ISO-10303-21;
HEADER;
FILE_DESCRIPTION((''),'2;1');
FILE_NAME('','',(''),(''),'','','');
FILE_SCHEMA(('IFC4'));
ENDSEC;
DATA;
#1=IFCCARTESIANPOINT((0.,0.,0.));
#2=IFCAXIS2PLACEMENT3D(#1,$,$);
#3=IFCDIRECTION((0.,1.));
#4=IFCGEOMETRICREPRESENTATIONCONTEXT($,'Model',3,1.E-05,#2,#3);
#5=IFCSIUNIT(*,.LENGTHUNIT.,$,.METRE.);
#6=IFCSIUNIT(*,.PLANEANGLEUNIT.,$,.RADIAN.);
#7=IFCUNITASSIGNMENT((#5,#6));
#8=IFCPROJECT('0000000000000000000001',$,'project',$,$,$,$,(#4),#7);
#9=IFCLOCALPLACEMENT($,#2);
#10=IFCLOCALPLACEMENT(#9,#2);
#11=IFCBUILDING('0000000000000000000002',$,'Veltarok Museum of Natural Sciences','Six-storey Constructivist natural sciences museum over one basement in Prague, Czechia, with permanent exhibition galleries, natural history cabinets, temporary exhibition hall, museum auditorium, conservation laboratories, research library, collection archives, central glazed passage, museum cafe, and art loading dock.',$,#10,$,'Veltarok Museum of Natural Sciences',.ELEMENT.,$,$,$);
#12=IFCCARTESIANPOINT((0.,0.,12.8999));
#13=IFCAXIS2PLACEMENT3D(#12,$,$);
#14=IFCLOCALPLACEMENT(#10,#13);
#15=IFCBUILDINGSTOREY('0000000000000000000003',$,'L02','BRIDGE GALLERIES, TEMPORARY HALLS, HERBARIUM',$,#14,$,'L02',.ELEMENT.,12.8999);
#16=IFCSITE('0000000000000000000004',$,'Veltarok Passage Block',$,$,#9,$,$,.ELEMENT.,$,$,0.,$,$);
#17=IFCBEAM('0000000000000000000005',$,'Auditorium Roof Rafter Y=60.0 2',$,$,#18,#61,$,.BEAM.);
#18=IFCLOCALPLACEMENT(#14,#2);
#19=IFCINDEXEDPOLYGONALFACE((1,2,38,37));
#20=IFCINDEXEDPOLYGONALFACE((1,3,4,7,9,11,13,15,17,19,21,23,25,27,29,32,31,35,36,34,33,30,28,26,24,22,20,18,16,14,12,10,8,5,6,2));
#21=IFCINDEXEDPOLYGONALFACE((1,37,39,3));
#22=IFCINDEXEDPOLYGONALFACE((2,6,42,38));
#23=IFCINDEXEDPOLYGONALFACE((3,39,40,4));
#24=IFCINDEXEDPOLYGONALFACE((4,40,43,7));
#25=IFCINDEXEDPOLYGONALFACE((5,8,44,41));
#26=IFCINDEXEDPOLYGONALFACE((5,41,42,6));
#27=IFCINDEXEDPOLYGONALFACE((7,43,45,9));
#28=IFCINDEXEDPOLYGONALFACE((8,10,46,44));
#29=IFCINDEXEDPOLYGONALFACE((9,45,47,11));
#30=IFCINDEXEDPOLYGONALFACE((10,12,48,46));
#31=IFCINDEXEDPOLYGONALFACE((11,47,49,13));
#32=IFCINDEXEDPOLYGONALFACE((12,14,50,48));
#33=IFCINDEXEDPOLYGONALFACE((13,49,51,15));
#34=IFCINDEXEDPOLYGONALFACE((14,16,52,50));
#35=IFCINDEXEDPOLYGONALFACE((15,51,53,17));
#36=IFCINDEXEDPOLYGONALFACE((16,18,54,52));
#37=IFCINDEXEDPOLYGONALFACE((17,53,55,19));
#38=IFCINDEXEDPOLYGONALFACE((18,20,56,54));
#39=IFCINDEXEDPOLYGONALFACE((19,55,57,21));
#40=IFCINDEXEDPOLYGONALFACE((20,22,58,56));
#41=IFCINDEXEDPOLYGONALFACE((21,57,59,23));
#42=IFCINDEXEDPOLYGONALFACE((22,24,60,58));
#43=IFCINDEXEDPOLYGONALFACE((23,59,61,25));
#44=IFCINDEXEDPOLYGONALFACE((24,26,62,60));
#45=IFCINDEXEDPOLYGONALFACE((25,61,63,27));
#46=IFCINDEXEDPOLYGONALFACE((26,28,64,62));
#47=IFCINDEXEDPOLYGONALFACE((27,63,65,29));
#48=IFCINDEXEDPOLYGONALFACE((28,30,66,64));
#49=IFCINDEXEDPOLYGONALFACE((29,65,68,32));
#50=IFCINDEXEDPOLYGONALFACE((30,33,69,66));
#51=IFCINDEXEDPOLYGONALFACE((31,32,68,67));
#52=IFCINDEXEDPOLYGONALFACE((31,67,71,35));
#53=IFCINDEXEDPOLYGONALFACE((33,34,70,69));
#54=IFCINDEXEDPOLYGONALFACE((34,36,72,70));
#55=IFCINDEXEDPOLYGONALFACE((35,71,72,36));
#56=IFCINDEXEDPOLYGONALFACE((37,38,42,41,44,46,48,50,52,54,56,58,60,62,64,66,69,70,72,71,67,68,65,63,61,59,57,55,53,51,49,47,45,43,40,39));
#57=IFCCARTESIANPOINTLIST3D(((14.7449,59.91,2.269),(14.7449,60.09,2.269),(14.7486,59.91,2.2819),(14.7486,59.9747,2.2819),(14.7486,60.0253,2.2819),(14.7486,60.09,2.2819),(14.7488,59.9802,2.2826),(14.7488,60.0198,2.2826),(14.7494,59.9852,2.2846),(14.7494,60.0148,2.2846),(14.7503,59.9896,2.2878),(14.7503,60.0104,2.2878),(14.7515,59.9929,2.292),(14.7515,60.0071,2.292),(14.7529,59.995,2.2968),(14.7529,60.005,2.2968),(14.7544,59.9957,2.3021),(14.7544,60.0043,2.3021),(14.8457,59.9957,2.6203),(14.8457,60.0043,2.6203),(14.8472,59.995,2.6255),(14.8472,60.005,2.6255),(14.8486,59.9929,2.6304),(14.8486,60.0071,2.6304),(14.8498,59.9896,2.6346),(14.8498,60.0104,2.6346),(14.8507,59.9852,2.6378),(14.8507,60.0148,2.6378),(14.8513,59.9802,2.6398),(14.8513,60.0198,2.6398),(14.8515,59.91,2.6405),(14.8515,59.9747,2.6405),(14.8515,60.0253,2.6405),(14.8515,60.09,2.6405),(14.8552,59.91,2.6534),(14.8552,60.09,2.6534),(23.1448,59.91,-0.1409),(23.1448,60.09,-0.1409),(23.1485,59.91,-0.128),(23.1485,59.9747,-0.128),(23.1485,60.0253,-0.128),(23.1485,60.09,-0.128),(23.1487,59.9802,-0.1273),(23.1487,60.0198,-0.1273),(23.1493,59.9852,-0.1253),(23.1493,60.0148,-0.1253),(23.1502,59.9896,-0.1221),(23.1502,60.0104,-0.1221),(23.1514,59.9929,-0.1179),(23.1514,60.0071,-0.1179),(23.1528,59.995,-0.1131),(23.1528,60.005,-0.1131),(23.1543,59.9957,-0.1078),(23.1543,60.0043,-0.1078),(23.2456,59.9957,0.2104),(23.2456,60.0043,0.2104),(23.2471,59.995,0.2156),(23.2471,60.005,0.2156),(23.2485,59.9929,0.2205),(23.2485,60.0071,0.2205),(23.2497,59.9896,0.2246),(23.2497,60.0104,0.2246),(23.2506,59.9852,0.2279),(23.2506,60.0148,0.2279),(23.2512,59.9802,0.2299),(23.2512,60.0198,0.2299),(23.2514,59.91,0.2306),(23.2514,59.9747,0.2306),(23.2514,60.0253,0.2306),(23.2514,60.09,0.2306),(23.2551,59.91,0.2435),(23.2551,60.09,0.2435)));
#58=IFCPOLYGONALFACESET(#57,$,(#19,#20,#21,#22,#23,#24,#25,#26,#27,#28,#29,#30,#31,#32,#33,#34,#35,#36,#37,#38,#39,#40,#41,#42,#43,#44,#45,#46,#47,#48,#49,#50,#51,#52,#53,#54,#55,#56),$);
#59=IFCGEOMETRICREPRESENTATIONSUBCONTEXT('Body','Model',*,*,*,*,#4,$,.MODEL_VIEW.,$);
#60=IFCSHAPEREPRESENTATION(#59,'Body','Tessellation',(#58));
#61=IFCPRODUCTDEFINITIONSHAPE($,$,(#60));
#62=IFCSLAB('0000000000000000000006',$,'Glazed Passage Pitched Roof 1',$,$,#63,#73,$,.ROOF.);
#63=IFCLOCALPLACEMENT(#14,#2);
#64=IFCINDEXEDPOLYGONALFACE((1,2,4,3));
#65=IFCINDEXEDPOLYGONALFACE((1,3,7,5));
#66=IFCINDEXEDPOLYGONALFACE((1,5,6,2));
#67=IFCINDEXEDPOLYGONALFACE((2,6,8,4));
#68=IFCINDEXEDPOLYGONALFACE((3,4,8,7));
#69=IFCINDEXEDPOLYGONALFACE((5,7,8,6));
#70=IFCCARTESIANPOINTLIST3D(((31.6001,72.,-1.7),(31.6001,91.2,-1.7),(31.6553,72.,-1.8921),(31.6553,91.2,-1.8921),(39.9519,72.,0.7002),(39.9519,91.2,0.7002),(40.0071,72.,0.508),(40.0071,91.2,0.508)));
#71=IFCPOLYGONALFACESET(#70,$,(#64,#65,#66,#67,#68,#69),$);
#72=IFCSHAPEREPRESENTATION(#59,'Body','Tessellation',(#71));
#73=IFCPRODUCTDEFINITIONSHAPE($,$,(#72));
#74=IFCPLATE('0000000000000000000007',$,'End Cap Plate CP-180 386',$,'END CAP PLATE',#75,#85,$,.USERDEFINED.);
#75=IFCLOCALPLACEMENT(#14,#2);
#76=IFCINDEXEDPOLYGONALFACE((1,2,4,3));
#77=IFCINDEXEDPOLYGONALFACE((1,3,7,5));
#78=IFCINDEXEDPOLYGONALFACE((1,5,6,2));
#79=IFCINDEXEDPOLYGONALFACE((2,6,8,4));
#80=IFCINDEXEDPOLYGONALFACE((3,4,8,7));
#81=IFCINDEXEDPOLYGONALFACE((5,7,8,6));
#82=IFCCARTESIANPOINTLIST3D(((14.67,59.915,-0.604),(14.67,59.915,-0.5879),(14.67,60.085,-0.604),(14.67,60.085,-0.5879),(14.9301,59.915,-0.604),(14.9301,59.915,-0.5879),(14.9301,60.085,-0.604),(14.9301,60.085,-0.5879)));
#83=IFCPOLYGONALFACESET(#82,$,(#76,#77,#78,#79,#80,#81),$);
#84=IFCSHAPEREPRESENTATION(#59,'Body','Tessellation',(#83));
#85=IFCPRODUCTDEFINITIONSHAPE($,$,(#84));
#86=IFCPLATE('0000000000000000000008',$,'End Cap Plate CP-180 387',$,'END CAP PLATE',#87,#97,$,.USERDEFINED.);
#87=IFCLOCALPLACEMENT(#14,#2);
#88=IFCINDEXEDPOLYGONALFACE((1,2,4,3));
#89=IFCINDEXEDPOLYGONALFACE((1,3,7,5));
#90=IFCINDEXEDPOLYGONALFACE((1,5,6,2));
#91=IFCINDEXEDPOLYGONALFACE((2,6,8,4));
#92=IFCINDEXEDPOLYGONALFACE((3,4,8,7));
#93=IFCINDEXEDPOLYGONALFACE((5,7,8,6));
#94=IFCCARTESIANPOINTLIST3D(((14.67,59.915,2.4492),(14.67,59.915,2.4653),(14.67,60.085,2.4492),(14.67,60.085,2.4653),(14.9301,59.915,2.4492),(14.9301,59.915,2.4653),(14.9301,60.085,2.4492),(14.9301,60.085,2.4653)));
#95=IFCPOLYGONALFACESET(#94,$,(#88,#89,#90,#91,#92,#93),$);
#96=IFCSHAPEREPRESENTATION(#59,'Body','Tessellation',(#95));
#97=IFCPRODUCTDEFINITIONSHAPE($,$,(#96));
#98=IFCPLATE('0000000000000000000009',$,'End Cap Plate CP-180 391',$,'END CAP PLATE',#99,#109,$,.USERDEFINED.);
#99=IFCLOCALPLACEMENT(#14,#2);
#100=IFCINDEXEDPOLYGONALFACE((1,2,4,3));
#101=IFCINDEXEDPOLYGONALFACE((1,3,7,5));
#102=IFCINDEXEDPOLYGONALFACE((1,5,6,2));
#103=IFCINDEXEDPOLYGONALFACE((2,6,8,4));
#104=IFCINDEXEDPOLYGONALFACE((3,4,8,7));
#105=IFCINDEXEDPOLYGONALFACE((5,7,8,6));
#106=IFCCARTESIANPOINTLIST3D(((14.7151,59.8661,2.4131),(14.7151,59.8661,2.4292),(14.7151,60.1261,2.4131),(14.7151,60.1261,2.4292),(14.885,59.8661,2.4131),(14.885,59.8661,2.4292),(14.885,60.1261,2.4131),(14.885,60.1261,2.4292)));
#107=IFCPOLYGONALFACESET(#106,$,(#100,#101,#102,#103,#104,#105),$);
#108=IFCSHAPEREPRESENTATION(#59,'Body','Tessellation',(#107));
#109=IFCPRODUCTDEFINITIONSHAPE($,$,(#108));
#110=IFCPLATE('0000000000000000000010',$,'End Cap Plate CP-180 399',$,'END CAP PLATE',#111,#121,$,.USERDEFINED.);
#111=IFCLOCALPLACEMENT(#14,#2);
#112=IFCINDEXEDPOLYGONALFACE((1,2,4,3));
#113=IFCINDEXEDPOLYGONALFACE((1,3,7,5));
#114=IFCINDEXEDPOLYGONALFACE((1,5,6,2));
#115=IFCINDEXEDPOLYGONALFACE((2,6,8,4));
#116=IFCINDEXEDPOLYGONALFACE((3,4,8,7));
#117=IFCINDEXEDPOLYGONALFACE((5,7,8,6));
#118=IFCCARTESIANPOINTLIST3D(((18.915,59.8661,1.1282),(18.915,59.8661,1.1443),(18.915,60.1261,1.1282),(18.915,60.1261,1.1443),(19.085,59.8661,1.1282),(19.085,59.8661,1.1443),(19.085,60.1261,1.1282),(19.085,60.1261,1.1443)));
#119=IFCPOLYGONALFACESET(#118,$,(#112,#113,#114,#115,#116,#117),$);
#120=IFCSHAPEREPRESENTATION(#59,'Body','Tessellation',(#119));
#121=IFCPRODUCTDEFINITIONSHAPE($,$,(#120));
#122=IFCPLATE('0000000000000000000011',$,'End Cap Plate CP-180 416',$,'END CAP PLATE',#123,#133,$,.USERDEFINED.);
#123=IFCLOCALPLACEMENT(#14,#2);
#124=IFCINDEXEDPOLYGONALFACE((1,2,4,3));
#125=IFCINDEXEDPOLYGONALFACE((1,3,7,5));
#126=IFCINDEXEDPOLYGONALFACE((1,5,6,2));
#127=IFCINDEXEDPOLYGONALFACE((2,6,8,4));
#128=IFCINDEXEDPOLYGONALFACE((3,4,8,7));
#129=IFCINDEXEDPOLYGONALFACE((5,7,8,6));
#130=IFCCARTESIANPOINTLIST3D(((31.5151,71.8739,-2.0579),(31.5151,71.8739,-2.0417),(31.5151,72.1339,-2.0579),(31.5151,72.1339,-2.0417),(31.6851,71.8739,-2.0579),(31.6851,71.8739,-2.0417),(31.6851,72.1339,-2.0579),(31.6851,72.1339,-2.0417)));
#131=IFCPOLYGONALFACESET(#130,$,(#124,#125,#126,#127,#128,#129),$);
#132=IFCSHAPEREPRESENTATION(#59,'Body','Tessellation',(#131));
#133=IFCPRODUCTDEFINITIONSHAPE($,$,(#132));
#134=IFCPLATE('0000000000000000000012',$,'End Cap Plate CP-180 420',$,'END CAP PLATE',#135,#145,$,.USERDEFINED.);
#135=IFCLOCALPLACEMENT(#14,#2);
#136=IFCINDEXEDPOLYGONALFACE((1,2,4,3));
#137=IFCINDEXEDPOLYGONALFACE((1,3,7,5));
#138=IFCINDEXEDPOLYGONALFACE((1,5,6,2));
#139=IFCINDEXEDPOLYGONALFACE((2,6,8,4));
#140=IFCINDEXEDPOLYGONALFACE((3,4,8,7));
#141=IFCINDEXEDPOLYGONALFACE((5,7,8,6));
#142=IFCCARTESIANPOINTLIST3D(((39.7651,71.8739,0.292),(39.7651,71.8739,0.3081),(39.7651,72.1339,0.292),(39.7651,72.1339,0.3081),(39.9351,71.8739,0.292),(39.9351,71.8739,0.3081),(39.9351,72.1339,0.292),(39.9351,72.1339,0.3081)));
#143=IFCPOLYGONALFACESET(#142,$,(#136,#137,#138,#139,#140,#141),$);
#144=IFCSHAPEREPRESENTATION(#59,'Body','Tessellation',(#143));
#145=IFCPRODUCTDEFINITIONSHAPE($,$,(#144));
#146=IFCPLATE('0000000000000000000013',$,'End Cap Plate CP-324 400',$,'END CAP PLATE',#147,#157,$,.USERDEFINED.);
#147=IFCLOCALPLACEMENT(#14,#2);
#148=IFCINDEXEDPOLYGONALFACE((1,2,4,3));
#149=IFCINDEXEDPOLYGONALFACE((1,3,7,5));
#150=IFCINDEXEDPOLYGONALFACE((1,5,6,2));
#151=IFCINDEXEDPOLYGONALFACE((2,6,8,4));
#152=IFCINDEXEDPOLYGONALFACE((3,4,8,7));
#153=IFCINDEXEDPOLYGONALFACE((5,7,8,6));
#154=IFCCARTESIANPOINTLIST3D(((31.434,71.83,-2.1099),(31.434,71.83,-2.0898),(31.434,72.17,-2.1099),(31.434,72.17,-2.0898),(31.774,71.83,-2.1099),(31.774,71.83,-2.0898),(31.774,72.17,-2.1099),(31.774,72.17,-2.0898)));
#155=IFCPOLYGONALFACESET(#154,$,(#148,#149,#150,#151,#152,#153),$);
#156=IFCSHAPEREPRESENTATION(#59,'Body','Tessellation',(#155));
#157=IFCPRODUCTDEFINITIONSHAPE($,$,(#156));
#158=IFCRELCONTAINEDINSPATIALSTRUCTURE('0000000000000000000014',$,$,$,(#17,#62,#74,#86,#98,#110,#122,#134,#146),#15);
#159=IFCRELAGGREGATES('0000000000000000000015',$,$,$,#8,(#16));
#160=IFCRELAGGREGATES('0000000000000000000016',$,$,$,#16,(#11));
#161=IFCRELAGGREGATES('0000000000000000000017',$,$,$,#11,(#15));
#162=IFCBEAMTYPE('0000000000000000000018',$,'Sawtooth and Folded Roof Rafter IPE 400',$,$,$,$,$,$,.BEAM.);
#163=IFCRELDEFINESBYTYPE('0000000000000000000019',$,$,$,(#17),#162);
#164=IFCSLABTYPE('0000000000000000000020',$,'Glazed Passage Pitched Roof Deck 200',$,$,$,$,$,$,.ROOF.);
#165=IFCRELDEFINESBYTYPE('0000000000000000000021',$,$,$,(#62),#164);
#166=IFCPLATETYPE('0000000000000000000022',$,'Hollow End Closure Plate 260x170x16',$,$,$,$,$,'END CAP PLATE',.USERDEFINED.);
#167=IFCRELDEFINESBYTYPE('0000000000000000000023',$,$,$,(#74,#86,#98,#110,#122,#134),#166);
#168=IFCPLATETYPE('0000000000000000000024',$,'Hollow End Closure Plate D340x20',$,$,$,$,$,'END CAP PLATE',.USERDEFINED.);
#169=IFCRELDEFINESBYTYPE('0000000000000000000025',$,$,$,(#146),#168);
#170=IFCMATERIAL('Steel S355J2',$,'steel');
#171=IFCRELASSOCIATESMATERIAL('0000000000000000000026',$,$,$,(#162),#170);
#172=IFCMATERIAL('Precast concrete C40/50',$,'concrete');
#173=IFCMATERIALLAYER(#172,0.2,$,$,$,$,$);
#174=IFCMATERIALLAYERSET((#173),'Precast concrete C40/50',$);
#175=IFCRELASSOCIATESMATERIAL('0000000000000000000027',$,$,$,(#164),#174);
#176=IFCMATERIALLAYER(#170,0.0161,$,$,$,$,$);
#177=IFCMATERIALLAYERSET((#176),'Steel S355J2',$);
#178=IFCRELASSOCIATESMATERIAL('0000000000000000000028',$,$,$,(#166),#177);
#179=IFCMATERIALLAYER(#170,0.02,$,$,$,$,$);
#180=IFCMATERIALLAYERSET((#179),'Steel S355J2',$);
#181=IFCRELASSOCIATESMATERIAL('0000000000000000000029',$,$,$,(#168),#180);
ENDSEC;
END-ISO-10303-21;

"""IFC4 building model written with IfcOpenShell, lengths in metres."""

from ifc_helpers import new_model, si_unit, direction, frame, origin, origin_2d, place, context, subcontext, project, spatial, polyline, rectangle, i_section, outline, extrude, material, layer, layer_set, material_profile, profile_set, type_object, element, save


model = new_model("IFC4")

# Units and contexts
model_context = context("Model", 3, precision=1e-05, world=origin(), true_north=direction((0.0, 1.0)))
body_context = subcontext(model_context, "Body", "Model", "MODEL_VIEW")
ifc_project = project(units=[si_unit("LENGTHUNIT", "METRE"), si_unit("PLANEANGLEUNIT", "RADIAN")], contexts=[model_context])

# Site, building, storey
site_placement = place(None, origin())
site = spatial("IfcSite", under=ifc_project, at=site_placement, Name="Veltarok Passage Block", CompositionType="ELEMENT", RefElevation=0.0)
building_placement = place(site_placement, origin())
building = spatial("IfcBuilding", under=site, at=building_placement, Name="Veltarok Museum of Natural Sciences", Description="Six-storey Constructivist natural sciences museum over one basement in Prague, Czechia, with permanent exhibition galleries, natural history cabinets, temporary exhibition hall, museum auditorium, conservation laboratories, research library, collection archives, central glazed passage, museum cafe, and art loading dock.", LongName="Veltarok Museum of Natural Sciences", CompositionType="ELEMENT")
storey_placement = place(building_placement, frame((0.0, 0.0, 12.8999)))
storey = spatial("IfcBuildingStorey", under=building, at=storey_placement, Name="L02", Description="BRIDGE GALLERIES, TEMPORARY HALLS, HERBARIUM", LongName="L02", CompositionType="ELEMENT", Elevation=12.8999)

# Shared definitions
ifc_material_1 = material(Name="Steel S355J2", Category="steel")

# Beam
ifc_material_profile_1 = material_profile(ifc_material_1, i_section(OverallWidth=0.1799, OverallDepth=0.3999, WebThickness=0.0085, FlangeThickness=0.0134, FilletRadius=0.021, at=origin_2d()), Name="IPE 400")
ifc_profile_set_1 = profile_set([ifc_material_profile_1], Name="Steel S355J2")
beam_type_1 = type_object("IfcBeamType", Name="Sawtooth and Folded Roof Rafter IPE 400", PredefinedType="BEAM", material=ifc_profile_set_1)
beam_1_placement = place(storey_placement, frame((14.8, 60.0, 2.4612), z_axis=(0.961223, 0.0, -0.275773), x_axis=(0.0, 1.0, 0.0)))
element("IfcBeam", 1, at=beam_1_placement, inside=storey, type_object=beam_type_1, Name="Auditorium Roof Rafter Y=60.0 2", PredefinedType="BEAM", context=body_context, shape_type="SweptSolid", body=[
    extrude(i_section(OverallWidth=0.1799, OverallDepth=0.3999, WebThickness=0.0085, FlangeThickness=0.0134, FilletRadius=0.021, at=origin_2d()), origin(), (0.0, 0.0, 1.0), 8.7388),
])

# Slab
ifc_material_2 = material(Name="Precast concrete C40/50", Category="concrete")
ifc_layer_1 = layer(ifc_material_2, 0.2)
ifc_layer_set_1 = layer_set([ifc_layer_1], Name="Precast concrete C40/50")
slab_type = type_object("IfcSlabType", Name="Glazed Passage Pitched Roof Deck 200", PredefinedType="ROOF", material=ifc_layer_set_1)
slab_placement = place(storey_placement, frame((31.6001, 72.0, -1.7), z_axis=(-0.276201, 0.0, 0.9611), x_axis=(0.9611, 0.0, 0.276201)))
element("IfcSlab", 2, at=slab_placement, inside=storey, type_object=slab_type, Name="Glazed Passage Pitched Roof 1", PredefinedType="ROOF", context=body_context, shape_type="SweptSolid", body=[
    extrude(outline(polyline([(0.0, 0.0), (8.6898, 0.0), (8.6898, 19.2), (0.0, 19.2), (0.0, 0.0)])), origin(), (0.0, 0.0, -1.0), 0.2),
])

# Plates
ifc_layer_2 = layer(ifc_material_1, 0.0161)
ifc_layer_set_2 = layer_set([ifc_layer_2], Name="Steel S355J2")
plate_type_1 = type_object("IfcPlateType", Name="Hollow End Closure Plate 260x170x16", ElementType="END CAP PLATE", PredefinedType="USERDEFINED", material=ifc_layer_set_2)
for number, where, z_axis, x_axis, name in (
    (3, (14.8, 60.0, -0.604), (0.0, 0.0, 1.0), (1.0, 0.0, 0.0), "End Cap Plate CP-180 386"),
    (4, (14.8, 60.0, 2.4492), (0.0, 0.0, 1.0), (1.0, 0.0, 0.0), "End Cap Plate CP-180 387"),
    (5, (14.8, 59.9961, 2.4131), (0.0, 0.0, 1.0), (0.0, 1.0, 0.0), "End Cap Plate CP-180 391"),
    (6, (19.0, 59.9961, 1.1282), (0.0, 0.0, 1.0), (0.0, 1.0, 0.0), "End Cap Plate CP-180 399"),
    (7, (31.6001, 72.0039, -2.0579), (0.0, 0.0, 1.0), (0.0, 1.0, 0.0), "End Cap Plate CP-180 416"),
    (8, (39.8501, 72.0039, 0.292), (0.0, 0.0, 1.0), (0.0, 1.0, 0.0), "End Cap Plate CP-180 420"),
):
    element("IfcPlate", number, at=place(storey_placement, frame(where, z_axis=z_axis, x_axis=x_axis)), inside=storey, type_object=plate_type_1, Name=name, ObjectType="END CAP PLATE", PredefinedType="USERDEFINED", context=body_context, shape_type="SweptSolid", body=[
        extrude(rectangle(XDim=0.26, YDim=0.1699, at=origin_2d()), origin(), (0.0, 0.0, 1.0), 0.0161),
    ])
ifc_layer_3 = layer(ifc_material_1, 0.02)
ifc_layer_set_3 = layer_set([ifc_layer_3], Name="Steel S355J2")
plate_type_2 = type_object("IfcPlateType", Name="Hollow End Closure Plate D340x20", ElementType="END CAP PLATE", PredefinedType="USERDEFINED", material=ifc_layer_set_3)
plate_placement = place(storey_placement, frame((31.604, 72.0, -2.1099), z_axis=(0.0, 0.0, 1.0), x_axis=(1.0, 0.0, 0.0)))
element("IfcPlate", 9, at=plate_placement, inside=storey, type_object=plate_type_2, Name="End Cap Plate CP-324 400", ObjectType="END CAP PLATE", PredefinedType="USERDEFINED", context=body_context, shape_type="SweptSolid", body=[
    extrude(rectangle(XDim=0.3401, YDim=0.3401, at=origin_2d()), origin(), (0.0, 0.0, 1.0), 0.02),
])

save(model, "model.ifc")
